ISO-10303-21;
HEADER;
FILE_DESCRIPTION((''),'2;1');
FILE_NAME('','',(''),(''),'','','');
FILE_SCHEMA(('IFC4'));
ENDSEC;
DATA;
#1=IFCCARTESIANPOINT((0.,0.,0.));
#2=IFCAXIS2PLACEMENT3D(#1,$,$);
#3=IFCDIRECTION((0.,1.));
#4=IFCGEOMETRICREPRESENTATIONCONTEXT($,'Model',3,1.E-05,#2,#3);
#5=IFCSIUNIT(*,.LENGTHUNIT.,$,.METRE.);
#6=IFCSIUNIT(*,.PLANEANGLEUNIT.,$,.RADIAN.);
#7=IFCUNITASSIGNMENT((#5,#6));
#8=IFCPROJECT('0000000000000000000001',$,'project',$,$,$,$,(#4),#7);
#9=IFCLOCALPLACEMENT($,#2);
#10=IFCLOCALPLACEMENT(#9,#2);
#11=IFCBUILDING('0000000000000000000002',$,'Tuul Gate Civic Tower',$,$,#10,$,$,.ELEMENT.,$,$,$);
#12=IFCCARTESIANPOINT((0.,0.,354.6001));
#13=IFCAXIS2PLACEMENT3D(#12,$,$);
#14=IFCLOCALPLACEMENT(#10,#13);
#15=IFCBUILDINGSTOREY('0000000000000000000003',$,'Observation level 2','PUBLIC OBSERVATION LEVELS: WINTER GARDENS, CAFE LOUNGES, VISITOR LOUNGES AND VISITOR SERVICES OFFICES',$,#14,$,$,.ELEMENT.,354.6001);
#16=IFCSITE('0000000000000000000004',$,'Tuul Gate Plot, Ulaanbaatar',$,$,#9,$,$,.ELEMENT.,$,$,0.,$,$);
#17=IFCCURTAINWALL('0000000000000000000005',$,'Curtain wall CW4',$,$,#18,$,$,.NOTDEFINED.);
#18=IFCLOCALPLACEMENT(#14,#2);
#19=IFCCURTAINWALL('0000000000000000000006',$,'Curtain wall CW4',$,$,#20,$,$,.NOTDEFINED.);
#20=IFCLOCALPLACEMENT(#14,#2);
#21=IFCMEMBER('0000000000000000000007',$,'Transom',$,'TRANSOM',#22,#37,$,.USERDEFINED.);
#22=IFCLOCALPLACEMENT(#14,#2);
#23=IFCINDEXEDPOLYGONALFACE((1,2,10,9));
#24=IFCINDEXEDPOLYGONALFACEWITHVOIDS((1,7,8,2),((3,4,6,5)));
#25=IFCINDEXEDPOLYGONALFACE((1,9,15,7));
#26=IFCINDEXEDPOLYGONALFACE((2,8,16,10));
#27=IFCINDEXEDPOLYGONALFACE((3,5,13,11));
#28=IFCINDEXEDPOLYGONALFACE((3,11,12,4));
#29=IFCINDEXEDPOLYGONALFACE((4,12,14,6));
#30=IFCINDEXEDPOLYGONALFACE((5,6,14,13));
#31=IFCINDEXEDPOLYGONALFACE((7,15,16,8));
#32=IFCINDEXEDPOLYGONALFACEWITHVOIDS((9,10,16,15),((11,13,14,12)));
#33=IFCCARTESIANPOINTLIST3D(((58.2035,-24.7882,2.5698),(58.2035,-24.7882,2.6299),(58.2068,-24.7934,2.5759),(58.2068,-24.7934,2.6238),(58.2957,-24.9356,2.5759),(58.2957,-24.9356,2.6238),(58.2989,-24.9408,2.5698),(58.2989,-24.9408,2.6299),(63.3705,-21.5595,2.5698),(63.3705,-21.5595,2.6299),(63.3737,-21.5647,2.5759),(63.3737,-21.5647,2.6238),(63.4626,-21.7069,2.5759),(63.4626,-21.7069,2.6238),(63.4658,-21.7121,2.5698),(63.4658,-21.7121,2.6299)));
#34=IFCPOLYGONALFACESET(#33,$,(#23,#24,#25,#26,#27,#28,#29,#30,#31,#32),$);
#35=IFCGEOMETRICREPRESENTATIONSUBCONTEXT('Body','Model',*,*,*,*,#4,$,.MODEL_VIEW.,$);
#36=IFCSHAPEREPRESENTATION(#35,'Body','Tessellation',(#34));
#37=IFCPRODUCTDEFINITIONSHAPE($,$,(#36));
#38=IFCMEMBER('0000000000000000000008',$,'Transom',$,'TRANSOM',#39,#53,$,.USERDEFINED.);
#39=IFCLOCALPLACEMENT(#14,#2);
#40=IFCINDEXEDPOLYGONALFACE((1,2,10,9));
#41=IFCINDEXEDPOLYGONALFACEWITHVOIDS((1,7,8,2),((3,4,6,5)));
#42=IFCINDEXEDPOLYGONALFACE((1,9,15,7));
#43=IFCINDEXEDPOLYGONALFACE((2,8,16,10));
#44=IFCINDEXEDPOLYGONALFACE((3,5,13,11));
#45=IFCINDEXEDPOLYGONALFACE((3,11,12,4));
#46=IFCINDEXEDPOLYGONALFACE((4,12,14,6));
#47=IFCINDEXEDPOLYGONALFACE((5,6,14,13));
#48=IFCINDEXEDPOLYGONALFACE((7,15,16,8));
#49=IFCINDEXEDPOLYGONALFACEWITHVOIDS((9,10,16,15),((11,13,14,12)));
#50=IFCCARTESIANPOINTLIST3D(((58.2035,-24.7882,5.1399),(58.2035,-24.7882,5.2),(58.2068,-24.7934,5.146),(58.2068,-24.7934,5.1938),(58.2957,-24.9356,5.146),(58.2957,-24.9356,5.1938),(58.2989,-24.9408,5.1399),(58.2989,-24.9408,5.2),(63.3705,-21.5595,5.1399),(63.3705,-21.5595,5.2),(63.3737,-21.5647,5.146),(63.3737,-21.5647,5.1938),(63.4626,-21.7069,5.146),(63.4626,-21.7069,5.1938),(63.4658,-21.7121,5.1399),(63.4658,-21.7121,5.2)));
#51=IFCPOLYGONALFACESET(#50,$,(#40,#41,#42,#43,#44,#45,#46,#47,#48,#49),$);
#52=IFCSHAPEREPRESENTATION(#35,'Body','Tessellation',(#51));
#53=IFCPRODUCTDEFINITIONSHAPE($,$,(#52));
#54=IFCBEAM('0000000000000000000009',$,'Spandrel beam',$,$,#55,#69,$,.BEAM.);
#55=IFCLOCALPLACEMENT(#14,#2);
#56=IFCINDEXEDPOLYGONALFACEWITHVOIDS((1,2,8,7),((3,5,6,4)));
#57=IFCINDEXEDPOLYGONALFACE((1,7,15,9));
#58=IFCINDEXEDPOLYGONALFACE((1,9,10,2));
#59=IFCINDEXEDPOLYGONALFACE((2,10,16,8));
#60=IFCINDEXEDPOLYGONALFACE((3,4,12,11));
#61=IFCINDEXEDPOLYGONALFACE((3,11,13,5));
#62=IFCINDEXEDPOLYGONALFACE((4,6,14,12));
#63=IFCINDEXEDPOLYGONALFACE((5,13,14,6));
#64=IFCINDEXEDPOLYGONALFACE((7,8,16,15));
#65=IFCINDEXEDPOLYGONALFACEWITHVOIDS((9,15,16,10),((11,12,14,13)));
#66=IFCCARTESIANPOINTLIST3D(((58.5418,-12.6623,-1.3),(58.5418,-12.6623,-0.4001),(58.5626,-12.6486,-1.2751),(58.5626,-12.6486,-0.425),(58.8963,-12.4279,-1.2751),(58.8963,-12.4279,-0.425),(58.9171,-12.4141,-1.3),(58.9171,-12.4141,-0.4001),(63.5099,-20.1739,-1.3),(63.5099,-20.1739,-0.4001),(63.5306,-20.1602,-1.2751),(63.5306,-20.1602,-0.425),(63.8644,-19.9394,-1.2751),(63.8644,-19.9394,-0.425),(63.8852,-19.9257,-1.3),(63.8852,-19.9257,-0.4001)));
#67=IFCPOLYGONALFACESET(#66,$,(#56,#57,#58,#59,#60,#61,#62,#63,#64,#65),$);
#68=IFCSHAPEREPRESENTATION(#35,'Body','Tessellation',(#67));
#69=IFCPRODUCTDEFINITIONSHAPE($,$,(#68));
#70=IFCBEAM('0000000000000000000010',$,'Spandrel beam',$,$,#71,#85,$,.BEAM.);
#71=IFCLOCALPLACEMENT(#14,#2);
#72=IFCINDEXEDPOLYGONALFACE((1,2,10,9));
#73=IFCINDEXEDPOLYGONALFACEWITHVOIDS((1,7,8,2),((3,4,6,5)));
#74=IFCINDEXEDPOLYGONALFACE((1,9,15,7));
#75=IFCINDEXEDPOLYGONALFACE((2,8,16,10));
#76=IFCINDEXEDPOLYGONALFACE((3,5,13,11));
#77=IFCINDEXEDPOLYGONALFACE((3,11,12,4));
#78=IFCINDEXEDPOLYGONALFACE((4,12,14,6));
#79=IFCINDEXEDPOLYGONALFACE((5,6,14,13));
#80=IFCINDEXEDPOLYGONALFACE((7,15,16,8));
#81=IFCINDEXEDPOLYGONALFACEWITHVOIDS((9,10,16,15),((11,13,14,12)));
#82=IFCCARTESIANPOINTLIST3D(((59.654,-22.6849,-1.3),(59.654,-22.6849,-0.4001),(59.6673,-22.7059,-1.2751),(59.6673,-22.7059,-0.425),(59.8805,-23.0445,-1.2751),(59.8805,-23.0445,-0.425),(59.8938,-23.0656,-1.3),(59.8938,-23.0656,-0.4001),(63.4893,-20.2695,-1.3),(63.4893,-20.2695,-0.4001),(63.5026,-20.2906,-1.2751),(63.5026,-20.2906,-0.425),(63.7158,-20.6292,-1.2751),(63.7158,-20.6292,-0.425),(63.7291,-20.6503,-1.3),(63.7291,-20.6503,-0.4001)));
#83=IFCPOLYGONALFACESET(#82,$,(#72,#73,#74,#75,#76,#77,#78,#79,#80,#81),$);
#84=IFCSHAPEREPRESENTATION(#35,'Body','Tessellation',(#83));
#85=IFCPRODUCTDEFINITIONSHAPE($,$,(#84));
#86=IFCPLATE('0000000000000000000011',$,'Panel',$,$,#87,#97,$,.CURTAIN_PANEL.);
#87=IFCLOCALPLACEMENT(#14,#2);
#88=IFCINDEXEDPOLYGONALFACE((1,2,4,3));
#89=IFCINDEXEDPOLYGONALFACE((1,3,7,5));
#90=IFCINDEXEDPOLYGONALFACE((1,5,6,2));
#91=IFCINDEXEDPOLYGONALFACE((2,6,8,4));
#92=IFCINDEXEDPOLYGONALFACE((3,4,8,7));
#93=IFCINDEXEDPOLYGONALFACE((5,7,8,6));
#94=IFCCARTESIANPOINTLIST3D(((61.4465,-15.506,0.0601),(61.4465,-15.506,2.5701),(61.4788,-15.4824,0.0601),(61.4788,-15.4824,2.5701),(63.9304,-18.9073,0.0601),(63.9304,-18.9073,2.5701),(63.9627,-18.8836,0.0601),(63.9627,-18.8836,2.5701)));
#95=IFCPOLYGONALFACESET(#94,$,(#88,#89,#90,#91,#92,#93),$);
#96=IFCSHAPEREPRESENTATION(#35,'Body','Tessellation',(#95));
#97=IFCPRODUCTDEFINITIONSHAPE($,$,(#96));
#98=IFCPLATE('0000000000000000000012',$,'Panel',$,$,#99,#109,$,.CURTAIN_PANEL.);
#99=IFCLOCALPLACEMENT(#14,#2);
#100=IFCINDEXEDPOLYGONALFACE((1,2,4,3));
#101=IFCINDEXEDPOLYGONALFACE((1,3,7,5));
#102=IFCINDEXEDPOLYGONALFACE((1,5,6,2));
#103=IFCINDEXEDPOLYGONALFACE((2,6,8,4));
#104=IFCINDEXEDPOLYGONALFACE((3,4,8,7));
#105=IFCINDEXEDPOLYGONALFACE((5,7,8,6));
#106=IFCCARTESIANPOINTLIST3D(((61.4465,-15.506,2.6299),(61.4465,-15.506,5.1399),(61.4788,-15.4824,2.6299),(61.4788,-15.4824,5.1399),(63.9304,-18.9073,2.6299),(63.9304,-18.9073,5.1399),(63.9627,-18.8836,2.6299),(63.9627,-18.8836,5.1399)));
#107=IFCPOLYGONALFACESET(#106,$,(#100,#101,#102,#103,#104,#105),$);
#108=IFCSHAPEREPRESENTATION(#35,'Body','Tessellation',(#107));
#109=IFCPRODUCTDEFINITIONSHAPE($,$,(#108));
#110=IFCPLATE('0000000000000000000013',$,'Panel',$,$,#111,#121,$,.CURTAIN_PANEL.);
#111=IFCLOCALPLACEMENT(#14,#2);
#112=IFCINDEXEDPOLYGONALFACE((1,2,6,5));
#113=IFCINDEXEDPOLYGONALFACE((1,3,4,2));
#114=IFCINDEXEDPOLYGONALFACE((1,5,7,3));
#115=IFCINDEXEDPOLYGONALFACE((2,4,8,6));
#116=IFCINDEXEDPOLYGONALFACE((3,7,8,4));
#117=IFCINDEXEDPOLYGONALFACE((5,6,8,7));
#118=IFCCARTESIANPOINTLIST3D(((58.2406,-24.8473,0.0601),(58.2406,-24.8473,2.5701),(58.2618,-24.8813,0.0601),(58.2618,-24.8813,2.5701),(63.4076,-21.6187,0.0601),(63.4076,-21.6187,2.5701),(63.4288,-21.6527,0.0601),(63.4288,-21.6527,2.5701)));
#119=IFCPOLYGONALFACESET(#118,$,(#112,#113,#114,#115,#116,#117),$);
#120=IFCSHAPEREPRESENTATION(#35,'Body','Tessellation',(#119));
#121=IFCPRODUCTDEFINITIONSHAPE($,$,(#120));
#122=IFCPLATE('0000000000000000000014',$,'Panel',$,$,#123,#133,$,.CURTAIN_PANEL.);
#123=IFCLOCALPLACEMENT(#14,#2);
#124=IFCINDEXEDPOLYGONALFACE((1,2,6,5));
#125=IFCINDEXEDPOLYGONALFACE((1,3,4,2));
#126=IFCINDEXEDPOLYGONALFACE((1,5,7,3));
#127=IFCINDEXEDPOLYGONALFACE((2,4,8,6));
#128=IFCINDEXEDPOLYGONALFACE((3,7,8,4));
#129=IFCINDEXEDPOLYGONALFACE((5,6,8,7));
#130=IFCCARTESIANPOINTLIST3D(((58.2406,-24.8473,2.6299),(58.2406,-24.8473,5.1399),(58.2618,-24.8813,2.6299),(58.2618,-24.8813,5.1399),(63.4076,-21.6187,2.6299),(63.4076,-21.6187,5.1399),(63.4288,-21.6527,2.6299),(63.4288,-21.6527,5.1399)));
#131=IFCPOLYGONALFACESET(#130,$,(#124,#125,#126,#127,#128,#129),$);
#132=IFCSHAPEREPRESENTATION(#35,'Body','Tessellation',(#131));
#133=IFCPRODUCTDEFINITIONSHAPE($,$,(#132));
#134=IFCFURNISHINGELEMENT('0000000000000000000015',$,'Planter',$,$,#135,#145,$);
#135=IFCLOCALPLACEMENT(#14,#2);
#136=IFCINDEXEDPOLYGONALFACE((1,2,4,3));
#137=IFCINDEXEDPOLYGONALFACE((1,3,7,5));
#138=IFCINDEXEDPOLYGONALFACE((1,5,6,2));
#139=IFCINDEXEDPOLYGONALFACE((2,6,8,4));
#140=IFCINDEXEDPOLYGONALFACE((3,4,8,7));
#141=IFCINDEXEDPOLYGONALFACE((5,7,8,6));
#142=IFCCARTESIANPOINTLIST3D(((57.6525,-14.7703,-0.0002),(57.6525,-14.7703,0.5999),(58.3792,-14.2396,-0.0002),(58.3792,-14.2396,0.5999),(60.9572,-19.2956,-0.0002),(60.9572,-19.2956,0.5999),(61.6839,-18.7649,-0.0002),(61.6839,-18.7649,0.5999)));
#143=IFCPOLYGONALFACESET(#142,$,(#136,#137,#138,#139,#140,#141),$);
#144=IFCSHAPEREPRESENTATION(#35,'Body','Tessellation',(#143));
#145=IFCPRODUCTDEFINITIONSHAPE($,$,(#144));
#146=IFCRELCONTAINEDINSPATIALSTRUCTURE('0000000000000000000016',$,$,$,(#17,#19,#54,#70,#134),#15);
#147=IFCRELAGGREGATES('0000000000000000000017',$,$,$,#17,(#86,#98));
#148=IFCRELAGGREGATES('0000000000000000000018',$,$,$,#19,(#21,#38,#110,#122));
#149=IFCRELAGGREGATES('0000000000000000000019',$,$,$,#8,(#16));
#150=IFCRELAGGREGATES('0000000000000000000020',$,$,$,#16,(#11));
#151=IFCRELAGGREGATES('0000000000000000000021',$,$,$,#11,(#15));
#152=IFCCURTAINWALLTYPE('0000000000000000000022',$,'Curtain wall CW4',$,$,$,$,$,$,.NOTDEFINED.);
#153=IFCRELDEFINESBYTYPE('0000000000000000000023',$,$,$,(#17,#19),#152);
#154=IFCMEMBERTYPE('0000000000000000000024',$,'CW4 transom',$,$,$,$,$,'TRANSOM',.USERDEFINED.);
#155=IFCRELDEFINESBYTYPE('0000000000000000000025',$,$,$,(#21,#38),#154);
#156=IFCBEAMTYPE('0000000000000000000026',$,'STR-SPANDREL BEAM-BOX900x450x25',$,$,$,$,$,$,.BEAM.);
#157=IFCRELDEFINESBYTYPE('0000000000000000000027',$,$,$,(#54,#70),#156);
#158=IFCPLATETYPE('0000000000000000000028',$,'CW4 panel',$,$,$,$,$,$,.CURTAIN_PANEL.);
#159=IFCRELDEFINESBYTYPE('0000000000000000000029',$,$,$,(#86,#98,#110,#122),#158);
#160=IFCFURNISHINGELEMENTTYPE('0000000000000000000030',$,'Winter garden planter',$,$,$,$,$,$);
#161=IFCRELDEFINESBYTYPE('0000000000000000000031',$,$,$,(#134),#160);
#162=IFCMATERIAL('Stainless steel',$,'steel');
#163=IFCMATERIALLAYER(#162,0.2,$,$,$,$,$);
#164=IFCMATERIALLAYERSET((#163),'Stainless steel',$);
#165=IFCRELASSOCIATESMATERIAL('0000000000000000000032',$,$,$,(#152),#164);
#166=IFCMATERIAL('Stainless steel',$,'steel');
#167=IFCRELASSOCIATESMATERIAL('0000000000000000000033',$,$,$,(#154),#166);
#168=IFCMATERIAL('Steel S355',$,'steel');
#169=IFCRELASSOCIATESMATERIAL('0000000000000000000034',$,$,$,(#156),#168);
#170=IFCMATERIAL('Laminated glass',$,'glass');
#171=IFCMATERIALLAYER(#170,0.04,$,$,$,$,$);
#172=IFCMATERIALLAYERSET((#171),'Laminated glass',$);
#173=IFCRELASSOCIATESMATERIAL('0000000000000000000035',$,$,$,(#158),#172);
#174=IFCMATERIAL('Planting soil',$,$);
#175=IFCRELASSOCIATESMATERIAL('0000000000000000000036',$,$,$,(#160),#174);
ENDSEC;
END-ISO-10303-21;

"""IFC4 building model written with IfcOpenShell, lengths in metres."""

from ifc_helpers import new_model, si_unit, direction, frame, origin, origin_2d, place, context, subcontext, project, spatial, rectangle, hollow_rectangle, extrude, material, layer, layer_set, material_profile, profile_set, type_object, element, aggregate, save


model = new_model("IFC4")

# Units and contexts
model_context = context("Model", 3, precision=1e-05, world=origin(), true_north=direction((0.0, 1.0)))
body_context = subcontext(model_context, "Body", "Model", "MODEL_VIEW")
ifc_project = project(units=[si_unit("LENGTHUNIT", "METRE"), si_unit("PLANEANGLEUNIT", "RADIAN")], contexts=[model_context])

# Site, building, storey
site_placement = place(None, origin())
site = spatial("IfcSite", under=ifc_project, at=site_placement, Name="Tuul Gate Plot, Ulaanbaatar", CompositionType="ELEMENT", RefElevation=0.0)
building_placement = place(site_placement, origin())
building = spatial("IfcBuilding", under=site, at=building_placement, Name="Tuul Gate Civic Tower", CompositionType="ELEMENT")
storey_placement = place(building_placement, frame((0.0, 0.0, 354.6001)))
storey = spatial("IfcBuildingStorey", under=building, at=storey_placement, Name="Observation level 2", Description="PUBLIC OBSERVATION LEVELS: WINTER GARDENS, CAFE LOUNGES, VISITOR LOUNGES AND VISITOR SERVICES OFFICES", CompositionType="ELEMENT", Elevation=354.6001)

# Curtain wall
ifc_material_1 = material(Name="Stainless steel", Category="steel")
ifc_layer_1 = layer(ifc_material_1, 0.2)
ifc_layer_set_1 = layer_set([ifc_layer_1], Name="Stainless steel")
curtain_wall_type = type_object("IfcCurtainWallType", Name="Curtain wall CW4", PredefinedType="NOTDEFINED", material=ifc_layer_set_1)
curtain_wall_1_placement = place(storey_placement, origin())
curtain_wall_1 = element("IfcCurtainWall", 1, at=curtain_wall_1_placement, inside=storey, type_object=curtain_wall_type, Name="Curtain wall CW4", PredefinedType="NOTDEFINED")

# Curtain wall
curtain_wall_2_placement = place(storey_placement, origin())
curtain_wall_2 = element("IfcCurtainWall", 2, at=curtain_wall_2_placement, inside=storey, type_object=curtain_wall_type, Name="Curtain wall CW4", PredefinedType="NOTDEFINED")

# Members
ifc_material_2 = material(Name="Stainless steel", Category="steel")
ifc_material_profile_1 = material_profile(ifc_material_2, hollow_rectangle(XDim=0.1799, YDim=0.0601, WallThickness=0.0061, at=origin_2d()), Name="CW4 transom")
ifc_profile_set_1 = profile_set([ifc_material_profile_1], Name="Stainless steel")
member_type_1 = type_object("IfcMemberType", Name="CW4 transom", ElementType="TRANSOM", PredefinedType="USERDEFINED", material=ifc_profile_set_1)
member_1_placement = place(storey_placement, frame((58.2512, -24.8645, 2.5999), z_axis=(0.848043, 0.529927, 0.0), x_axis=(-0.529927, 0.848043, 0.0)))
member_1 = element("IfcMember", 3, at=member_1_placement, type_object=member_type_1, Name="Transom", ObjectType="TRANSOM", PredefinedType="USERDEFINED", context=body_context, shape_type="SweptSolid", body=[
    extrude(hollow_rectangle(XDim=0.1799, YDim=0.0601, WallThickness=0.0061, at=origin_2d()), origin(), (0.0, 0.0, 1.0), 6.0928),
])
member_2_placement = place(storey_placement, frame((58.2512, -24.8645, 5.1699), z_axis=(0.848043, 0.529927, 0.0), x_axis=(-0.529927, 0.848043, 0.0)))
member_2 = element("IfcMember", 4, at=member_2_placement, type_object=member_type_1, Name="Transom", ObjectType="TRANSOM", PredefinedType="USERDEFINED", context=body_context, shape_type="SweptSolid", body=[
    extrude(hollow_rectangle(XDim=0.1799, YDim=0.0601, WallThickness=0.0061, at=origin_2d()), origin(), (0.0, 0.0, 1.0), 6.0928),
])

# Beams
ifc_material_3 = material(Name="Steel S355", Category="steel")
ifc_material_profile_2 = material_profile(ifc_material_3, hollow_rectangle(XDim=0.45, YDim=0.8999, WallThickness=0.0249, at=origin_2d()), Name="BOX900x450x25")
ifc_profile_set_2 = profile_set([ifc_material_profile_2], Name="Steel S355")
beam_type = type_object("IfcBeamType", Name="STR-SPANDREL BEAM-BOX900x450x25", PredefinedType="BEAM", material=ifc_profile_set_2)
beam_1_placement = place(storey_placement, frame((63.6975, -20.0498, -0.8501), z_axis=(-0.55165, 0.834076, 0.0), x_axis=(-0.834076, -0.55165, 0.0)))
element("IfcBeam", 5, at=beam_1_placement, inside=storey, type_object=beam_type, Name="Spandrel beam", PredefinedType="BEAM", context=body_context, shape_type="SweptSolid", body=[
    extrude(hollow_rectangle(XDim=0.45, YDim=0.8999, WallThickness=0.0249, at=origin_2d()), origin(), (0.0, 0.0, 1.0), 9.0059),
])
beam_2_placement = place(storey_placement, frame((59.7739, -22.8752, -0.8501), z_axis=(0.846181, 0.532896, 0.0), x_axis=(-0.532896, 0.846181, 0.0)))
element("IfcBeam", 6, at=beam_2_placement, inside=storey, type_object=beam_type, Name="Spandrel beam", PredefinedType="BEAM", context=body_context, shape_type="SweptSolid", body=[
    extrude(hollow_rectangle(XDim=0.45, YDim=0.8999, WallThickness=0.0249, at=origin_2d()), origin(), (0.0, 0.0, 1.0), 4.5325),
])

# Plates
ifc_material_4 = material(Name="Laminated glass", Category="glass")
ifc_layer_2 = layer(ifc_material_4, 0.04)
ifc_layer_set_2 = layer_set([ifc_layer_2], Name="Laminated glass")
plate_type = type_object("IfcPlateType", Name="CW4 panel", PredefinedType="CURTAIN_PANEL", material=ifc_layer_set_2)
plate_1_placement = place(storey_placement, frame((62.7046, -17.1948, 0.0601), z_axis=(0.0, 0.0, 1.0), x_axis=(-0.58976, 0.807578, 0.0)))
plate_1 = element("IfcPlate", 7, at=plate_1_placement, type_object=plate_type, Name="Panel", PredefinedType="CURTAIN_PANEL", context=body_context, shape_type="SweptSolid", body=[
    extrude(rectangle(XDim=4.2117, YDim=0.04, at=origin_2d()), origin(), (0.0, 0.0, 1.0), 2.51),
])
plate_2_placement = place(storey_placement, frame((62.7046, -17.1948, 2.6299), z_axis=(0.0, 0.0, 1.0), x_axis=(-0.58976, 0.807578, 0.0)))
plate_2 = element("IfcPlate", 8, at=plate_2_placement, type_object=plate_type, Name="Panel", PredefinedType="CURTAIN_PANEL", context=body_context, shape_type="SweptSolid", body=[
    extrude(rectangle(XDim=4.2117, YDim=0.04, at=origin_2d()), origin(), (0.0, 0.0, 1.0), 2.51),
])
aggregate(curtain_wall_1, [plate_1, plate_2])
plate_3_placement = place(storey_placement, frame((60.8347, -23.25, 0.0601), z_axis=(0.0, 0.0, 1.0), x_axis=(0.848053, 0.529912, 0.0)))
plate_3 = element("IfcPlate", 9, at=plate_3_placement, type_object=plate_type, Name="Panel", PredefinedType="CURTAIN_PANEL", context=body_context, shape_type="SweptSolid", body=[
    extrude(rectangle(XDim=6.0928, YDim=0.04, at=origin_2d()), origin(), (0.0, 0.0, 1.0), 2.51),
])
plate_4_placement = place(storey_placement, frame((60.8347, -23.25, 2.6299), z_axis=(0.0, 0.0, 1.0), x_axis=(0.848053, 0.529912, 0.0)))
plate_4 = element("IfcPlate", 10, at=plate_4_placement, type_object=plate_type, Name="Panel", PredefinedType="CURTAIN_PANEL", context=body_context, shape_type="SweptSolid", body=[
    extrude(rectangle(XDim=6.0928, YDim=0.04, at=origin_2d()), origin(), (0.0, 0.0, 1.0), 2.51),
])
aggregate(curtain_wall_2, [member_1, member_2, plate_3, plate_4])

# Furnishing element
ifc_material_5 = material(Name="Planting soil")
furnishing_element_type = type_object("IfcFurnishingElementType", Name="Winter garden planter", material=ifc_material_5)
furnishing_placement = place(storey_placement, frame((59.6682, -16.7676, -0.0002), z_axis=(0.0, 0.0, 1.0), x_axis=(-0.58976, 0.807578, 0.0)))
element("IfcFurnishingElement", 11, at=furnishing_placement, inside=storey, type_object=furnishing_element_type, Name="Planter", context=body_context, shape_type="SweptSolid", body=[
    extrude(rectangle(XDim=5.6035, YDim=0.8999, at=origin_2d()), origin(), (0.0, 0.0, 1.0), 0.6001),
])

save(model, "model.ifc")
